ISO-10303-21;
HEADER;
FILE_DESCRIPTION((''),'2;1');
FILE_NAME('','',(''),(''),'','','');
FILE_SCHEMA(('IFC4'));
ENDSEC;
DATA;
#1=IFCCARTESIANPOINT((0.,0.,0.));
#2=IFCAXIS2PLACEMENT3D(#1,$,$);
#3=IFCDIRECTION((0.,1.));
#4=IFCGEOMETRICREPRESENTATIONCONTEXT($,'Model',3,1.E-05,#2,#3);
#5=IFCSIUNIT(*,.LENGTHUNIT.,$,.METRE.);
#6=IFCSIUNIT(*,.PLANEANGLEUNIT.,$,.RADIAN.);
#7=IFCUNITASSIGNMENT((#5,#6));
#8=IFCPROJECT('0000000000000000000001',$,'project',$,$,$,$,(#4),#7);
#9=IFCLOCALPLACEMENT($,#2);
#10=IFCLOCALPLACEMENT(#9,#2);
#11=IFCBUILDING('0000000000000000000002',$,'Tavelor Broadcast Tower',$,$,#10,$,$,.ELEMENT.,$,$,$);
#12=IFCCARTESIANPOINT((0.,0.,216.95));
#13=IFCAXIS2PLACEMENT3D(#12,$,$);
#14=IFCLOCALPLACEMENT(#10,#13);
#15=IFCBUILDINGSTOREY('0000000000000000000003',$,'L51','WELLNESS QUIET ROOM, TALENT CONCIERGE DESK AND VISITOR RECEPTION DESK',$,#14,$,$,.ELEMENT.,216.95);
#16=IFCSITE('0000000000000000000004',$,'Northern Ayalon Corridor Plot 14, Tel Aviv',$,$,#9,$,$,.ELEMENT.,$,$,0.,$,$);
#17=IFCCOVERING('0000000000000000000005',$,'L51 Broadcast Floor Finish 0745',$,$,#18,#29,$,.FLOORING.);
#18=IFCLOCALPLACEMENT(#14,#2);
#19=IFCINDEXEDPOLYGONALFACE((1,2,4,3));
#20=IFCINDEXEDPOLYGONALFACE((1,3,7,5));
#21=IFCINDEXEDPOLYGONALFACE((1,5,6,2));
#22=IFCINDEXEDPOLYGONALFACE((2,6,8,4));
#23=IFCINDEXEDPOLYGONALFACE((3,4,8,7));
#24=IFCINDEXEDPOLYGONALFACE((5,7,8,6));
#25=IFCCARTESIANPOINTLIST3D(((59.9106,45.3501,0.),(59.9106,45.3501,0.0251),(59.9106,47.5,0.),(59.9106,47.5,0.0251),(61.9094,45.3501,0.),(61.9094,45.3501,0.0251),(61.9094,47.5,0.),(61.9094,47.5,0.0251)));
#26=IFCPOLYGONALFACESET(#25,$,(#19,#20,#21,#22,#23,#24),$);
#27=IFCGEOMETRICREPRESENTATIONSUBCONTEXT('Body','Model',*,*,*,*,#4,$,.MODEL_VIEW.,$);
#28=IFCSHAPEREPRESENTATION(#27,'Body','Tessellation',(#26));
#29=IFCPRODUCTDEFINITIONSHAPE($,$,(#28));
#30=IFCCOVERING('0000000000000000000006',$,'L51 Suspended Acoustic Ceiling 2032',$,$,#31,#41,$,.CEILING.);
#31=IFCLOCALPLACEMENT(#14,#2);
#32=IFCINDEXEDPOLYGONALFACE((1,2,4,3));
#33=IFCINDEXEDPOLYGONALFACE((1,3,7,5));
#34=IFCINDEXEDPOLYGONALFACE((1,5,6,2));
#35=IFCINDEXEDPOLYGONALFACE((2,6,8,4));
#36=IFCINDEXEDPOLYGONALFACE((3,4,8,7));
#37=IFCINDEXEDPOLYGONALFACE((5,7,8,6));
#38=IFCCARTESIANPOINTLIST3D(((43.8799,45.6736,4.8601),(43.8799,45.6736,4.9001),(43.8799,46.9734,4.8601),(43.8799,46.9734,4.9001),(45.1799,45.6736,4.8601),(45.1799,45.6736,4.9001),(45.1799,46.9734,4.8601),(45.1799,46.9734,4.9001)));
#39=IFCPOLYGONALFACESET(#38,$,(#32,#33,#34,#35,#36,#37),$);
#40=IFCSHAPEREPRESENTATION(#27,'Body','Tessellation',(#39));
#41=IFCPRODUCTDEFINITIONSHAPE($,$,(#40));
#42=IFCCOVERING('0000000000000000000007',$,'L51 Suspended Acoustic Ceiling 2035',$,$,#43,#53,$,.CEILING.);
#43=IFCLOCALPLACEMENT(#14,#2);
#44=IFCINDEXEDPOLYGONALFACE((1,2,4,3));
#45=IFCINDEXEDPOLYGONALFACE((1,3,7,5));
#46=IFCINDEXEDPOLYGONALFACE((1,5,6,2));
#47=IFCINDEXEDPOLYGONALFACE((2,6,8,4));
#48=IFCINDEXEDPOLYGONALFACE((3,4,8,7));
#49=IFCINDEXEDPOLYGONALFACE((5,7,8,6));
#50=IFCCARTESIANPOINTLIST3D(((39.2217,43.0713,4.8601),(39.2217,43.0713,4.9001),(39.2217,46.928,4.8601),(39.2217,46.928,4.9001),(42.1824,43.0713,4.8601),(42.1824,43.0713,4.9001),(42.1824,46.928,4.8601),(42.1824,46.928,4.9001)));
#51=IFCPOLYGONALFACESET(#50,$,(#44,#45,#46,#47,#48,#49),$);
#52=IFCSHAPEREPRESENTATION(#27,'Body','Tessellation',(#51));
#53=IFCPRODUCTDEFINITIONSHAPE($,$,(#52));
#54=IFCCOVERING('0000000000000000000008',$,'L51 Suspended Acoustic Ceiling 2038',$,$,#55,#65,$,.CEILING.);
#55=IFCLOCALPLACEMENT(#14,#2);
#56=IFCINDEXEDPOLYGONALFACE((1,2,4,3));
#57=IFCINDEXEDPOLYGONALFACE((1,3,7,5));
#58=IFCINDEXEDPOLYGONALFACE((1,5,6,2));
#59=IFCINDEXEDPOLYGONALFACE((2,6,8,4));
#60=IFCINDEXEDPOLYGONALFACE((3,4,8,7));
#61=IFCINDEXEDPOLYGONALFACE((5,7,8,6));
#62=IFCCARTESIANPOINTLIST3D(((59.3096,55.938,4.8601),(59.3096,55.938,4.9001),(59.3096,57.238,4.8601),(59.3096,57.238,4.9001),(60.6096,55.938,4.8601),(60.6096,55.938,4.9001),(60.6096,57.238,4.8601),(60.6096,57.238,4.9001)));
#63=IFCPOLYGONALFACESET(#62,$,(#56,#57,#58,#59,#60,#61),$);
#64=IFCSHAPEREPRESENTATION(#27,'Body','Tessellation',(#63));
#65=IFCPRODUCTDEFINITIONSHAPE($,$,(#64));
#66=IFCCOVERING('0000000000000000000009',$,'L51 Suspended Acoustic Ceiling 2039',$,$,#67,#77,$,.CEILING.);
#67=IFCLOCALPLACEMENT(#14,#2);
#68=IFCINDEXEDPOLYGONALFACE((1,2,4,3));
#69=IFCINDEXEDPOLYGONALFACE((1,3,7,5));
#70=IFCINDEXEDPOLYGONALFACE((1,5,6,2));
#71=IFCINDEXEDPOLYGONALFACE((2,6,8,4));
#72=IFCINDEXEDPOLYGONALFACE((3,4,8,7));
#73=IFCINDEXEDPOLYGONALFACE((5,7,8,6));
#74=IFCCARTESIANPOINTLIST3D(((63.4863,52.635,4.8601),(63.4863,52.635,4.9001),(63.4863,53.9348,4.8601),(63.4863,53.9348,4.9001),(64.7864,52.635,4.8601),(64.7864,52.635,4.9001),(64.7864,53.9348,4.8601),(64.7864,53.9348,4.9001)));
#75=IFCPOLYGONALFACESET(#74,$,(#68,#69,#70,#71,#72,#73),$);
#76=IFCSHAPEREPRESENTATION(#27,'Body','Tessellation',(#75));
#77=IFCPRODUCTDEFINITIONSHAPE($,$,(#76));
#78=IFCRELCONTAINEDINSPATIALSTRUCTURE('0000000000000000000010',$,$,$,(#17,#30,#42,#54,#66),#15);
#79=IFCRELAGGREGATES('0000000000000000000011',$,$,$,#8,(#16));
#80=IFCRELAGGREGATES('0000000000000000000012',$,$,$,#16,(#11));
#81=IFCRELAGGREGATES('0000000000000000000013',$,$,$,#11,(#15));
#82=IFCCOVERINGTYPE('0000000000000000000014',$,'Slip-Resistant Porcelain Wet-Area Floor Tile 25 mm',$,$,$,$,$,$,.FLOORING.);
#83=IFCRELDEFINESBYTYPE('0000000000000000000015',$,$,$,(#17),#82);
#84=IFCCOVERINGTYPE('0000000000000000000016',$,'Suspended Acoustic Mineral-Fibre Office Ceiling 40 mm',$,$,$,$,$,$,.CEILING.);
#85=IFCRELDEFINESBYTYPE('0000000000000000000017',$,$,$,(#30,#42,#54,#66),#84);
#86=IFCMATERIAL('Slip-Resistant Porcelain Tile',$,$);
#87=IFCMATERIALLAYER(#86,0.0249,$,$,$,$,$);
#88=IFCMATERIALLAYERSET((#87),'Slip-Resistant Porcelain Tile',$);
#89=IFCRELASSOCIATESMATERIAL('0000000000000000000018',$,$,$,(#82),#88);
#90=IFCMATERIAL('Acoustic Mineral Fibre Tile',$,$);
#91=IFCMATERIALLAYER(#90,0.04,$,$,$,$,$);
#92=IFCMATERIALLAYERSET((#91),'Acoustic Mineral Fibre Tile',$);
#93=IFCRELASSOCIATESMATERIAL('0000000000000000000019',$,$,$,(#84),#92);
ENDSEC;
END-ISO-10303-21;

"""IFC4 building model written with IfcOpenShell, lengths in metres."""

from ifc_helpers import new_model, si_unit, direction, frame, origin, place, context, subcontext, project, spatial, polyline, outline, extrude, material, layer, layer_set, type_object, element, save


model = new_model("IFC4")

# Units and contexts
model_context = context("Model", 3, precision=1e-05, world=origin(), true_north=direction((0.0, 1.0)))
body_context = subcontext(model_context, "Body", "Model", "MODEL_VIEW")
ifc_project = project(units=[si_unit("LENGTHUNIT", "METRE"), si_unit("PLANEANGLEUNIT", "RADIAN")], contexts=[model_context])

# Site, building, storey
site_placement = place(None, origin())
site = spatial("IfcSite", under=ifc_project, at=site_placement, Name="Northern Ayalon Corridor Plot 14, Tel Aviv", CompositionType="ELEMENT", RefElevation=0.0)
building_placement = place(site_placement, origin())
building = spatial("IfcBuilding", under=site, at=building_placement, Name="Tavelor Broadcast Tower", CompositionType="ELEMENT")
storey_placement = place(building_placement, frame((0.0, 0.0, 216.95)))
storey = spatial("IfcBuildingStorey", under=building, at=storey_placement, Name="L51", Description="WELLNESS QUIET ROOM, TALENT CONCIERGE DESK AND VISITOR RECEPTION DESK", CompositionType="ELEMENT", Elevation=216.95)

# Coverings
ifc_material_1 = material(Name="Slip-Resistant Porcelain Tile")
ifc_layer_1 = layer(ifc_material_1, 0.0249)
ifc_layer_set_1 = layer_set([ifc_layer_1], Name="Slip-Resistant Porcelain Tile")
covering_type_1 = type_object("IfcCoveringType", Name="Slip-Resistant Porcelain Wet-Area Floor Tile 25 mm", PredefinedType="FLOORING", material=ifc_layer_set_1)
covering_1_placement = place(storey_placement, origin())
element("IfcCovering", 1, at=covering_1_placement, inside=storey, type_object=covering_type_1, Name="L51 Broadcast Floor Finish 0745", PredefinedType="FLOORING", context=body_context, shape_type="SweptSolid", body=[
    extrude(outline(polyline([(59.9106, 45.3501), (61.9094, 45.3501), (61.9094, 47.5), (59.9106, 47.5), (59.9106, 45.3501)])), origin(), (0.0, 0.0, 1.0), 0.0251),
])
ifc_material_2 = material(Name="Acoustic Mineral Fibre Tile")
ifc_layer_2 = layer(ifc_material_2, 0.04)
ifc_layer_set_2 = layer_set([ifc_layer_2], Name="Acoustic Mineral Fibre Tile")
covering_type_2 = type_object("IfcCoveringType", Name="Suspended Acoustic Mineral-Fibre Office Ceiling 40 mm", PredefinedType="CEILING", material=ifc_layer_set_2)
covering_2_placement = place(storey_placement, frame((0.0, 0.0, 4.8601)))
element("IfcCovering", 2, at=covering_2_placement, inside=storey, type_object=covering_type_2, Name="L51 Suspended Acoustic Ceiling 2032", PredefinedType="CEILING", context=body_context, shape_type="SweptSolid", body=[
    extrude(outline(polyline([(43.8799, 45.6736), (45.1799, 45.6736), (45.1799, 46.9734), (43.8799, 46.9734), (43.8799, 45.6736)])), origin(), (0.0, 0.0, 1.0), 0.04),
])
covering_3_placement = place(storey_placement, frame((0.0, 0.0, 4.8601)))
element("IfcCovering", 3, at=covering_3_placement, inside=storey, type_object=covering_type_2, Name="L51 Suspended Acoustic Ceiling 2035", PredefinedType="CEILING", context=body_context, shape_type="SweptSolid", body=[
    extrude(outline(polyline([(39.2217, 43.0713), (42.1824, 43.0713), (42.1824, 46.928), (39.2217, 46.928), (39.2217, 43.0713)])), origin(), (0.0, 0.0, 1.0), 0.04),
])
covering_4_placement = place(storey_placement, frame((0.0, 0.0, 4.8601)))
element("IfcCovering", 4, at=covering_4_placement, inside=storey, type_object=covering_type_2, Name="L51 Suspended Acoustic Ceiling 2038", PredefinedType="CEILING", context=body_context, shape_type="SweptSolid", body=[
    extrude(outline(polyline([(59.3096, 55.938), (60.6096, 55.938), (60.6096, 57.238), (59.3096, 57.238), (59.3096, 55.938)])), origin(), (0.0, 0.0, 1.0), 0.04),
])
covering_5_placement = place(storey_placement, frame((0.0, 0.0, 4.8601)))
element("IfcCovering", 5, at=covering_5_placement, inside=storey, type_object=covering_type_2, Name="L51 Suspended Acoustic Ceiling 2039", PredefinedType="CEILING", context=body_context, shape_type="SweptSolid", body=[
    extrude(outline(polyline([(63.4863, 52.635), (64.7864, 52.635), (64.7864, 53.9348), (63.4863, 53.9348), (63.4863, 52.635)])), origin(), (0.0, 0.0, 1.0), 0.04),
])

save(model, "model.ifc")
